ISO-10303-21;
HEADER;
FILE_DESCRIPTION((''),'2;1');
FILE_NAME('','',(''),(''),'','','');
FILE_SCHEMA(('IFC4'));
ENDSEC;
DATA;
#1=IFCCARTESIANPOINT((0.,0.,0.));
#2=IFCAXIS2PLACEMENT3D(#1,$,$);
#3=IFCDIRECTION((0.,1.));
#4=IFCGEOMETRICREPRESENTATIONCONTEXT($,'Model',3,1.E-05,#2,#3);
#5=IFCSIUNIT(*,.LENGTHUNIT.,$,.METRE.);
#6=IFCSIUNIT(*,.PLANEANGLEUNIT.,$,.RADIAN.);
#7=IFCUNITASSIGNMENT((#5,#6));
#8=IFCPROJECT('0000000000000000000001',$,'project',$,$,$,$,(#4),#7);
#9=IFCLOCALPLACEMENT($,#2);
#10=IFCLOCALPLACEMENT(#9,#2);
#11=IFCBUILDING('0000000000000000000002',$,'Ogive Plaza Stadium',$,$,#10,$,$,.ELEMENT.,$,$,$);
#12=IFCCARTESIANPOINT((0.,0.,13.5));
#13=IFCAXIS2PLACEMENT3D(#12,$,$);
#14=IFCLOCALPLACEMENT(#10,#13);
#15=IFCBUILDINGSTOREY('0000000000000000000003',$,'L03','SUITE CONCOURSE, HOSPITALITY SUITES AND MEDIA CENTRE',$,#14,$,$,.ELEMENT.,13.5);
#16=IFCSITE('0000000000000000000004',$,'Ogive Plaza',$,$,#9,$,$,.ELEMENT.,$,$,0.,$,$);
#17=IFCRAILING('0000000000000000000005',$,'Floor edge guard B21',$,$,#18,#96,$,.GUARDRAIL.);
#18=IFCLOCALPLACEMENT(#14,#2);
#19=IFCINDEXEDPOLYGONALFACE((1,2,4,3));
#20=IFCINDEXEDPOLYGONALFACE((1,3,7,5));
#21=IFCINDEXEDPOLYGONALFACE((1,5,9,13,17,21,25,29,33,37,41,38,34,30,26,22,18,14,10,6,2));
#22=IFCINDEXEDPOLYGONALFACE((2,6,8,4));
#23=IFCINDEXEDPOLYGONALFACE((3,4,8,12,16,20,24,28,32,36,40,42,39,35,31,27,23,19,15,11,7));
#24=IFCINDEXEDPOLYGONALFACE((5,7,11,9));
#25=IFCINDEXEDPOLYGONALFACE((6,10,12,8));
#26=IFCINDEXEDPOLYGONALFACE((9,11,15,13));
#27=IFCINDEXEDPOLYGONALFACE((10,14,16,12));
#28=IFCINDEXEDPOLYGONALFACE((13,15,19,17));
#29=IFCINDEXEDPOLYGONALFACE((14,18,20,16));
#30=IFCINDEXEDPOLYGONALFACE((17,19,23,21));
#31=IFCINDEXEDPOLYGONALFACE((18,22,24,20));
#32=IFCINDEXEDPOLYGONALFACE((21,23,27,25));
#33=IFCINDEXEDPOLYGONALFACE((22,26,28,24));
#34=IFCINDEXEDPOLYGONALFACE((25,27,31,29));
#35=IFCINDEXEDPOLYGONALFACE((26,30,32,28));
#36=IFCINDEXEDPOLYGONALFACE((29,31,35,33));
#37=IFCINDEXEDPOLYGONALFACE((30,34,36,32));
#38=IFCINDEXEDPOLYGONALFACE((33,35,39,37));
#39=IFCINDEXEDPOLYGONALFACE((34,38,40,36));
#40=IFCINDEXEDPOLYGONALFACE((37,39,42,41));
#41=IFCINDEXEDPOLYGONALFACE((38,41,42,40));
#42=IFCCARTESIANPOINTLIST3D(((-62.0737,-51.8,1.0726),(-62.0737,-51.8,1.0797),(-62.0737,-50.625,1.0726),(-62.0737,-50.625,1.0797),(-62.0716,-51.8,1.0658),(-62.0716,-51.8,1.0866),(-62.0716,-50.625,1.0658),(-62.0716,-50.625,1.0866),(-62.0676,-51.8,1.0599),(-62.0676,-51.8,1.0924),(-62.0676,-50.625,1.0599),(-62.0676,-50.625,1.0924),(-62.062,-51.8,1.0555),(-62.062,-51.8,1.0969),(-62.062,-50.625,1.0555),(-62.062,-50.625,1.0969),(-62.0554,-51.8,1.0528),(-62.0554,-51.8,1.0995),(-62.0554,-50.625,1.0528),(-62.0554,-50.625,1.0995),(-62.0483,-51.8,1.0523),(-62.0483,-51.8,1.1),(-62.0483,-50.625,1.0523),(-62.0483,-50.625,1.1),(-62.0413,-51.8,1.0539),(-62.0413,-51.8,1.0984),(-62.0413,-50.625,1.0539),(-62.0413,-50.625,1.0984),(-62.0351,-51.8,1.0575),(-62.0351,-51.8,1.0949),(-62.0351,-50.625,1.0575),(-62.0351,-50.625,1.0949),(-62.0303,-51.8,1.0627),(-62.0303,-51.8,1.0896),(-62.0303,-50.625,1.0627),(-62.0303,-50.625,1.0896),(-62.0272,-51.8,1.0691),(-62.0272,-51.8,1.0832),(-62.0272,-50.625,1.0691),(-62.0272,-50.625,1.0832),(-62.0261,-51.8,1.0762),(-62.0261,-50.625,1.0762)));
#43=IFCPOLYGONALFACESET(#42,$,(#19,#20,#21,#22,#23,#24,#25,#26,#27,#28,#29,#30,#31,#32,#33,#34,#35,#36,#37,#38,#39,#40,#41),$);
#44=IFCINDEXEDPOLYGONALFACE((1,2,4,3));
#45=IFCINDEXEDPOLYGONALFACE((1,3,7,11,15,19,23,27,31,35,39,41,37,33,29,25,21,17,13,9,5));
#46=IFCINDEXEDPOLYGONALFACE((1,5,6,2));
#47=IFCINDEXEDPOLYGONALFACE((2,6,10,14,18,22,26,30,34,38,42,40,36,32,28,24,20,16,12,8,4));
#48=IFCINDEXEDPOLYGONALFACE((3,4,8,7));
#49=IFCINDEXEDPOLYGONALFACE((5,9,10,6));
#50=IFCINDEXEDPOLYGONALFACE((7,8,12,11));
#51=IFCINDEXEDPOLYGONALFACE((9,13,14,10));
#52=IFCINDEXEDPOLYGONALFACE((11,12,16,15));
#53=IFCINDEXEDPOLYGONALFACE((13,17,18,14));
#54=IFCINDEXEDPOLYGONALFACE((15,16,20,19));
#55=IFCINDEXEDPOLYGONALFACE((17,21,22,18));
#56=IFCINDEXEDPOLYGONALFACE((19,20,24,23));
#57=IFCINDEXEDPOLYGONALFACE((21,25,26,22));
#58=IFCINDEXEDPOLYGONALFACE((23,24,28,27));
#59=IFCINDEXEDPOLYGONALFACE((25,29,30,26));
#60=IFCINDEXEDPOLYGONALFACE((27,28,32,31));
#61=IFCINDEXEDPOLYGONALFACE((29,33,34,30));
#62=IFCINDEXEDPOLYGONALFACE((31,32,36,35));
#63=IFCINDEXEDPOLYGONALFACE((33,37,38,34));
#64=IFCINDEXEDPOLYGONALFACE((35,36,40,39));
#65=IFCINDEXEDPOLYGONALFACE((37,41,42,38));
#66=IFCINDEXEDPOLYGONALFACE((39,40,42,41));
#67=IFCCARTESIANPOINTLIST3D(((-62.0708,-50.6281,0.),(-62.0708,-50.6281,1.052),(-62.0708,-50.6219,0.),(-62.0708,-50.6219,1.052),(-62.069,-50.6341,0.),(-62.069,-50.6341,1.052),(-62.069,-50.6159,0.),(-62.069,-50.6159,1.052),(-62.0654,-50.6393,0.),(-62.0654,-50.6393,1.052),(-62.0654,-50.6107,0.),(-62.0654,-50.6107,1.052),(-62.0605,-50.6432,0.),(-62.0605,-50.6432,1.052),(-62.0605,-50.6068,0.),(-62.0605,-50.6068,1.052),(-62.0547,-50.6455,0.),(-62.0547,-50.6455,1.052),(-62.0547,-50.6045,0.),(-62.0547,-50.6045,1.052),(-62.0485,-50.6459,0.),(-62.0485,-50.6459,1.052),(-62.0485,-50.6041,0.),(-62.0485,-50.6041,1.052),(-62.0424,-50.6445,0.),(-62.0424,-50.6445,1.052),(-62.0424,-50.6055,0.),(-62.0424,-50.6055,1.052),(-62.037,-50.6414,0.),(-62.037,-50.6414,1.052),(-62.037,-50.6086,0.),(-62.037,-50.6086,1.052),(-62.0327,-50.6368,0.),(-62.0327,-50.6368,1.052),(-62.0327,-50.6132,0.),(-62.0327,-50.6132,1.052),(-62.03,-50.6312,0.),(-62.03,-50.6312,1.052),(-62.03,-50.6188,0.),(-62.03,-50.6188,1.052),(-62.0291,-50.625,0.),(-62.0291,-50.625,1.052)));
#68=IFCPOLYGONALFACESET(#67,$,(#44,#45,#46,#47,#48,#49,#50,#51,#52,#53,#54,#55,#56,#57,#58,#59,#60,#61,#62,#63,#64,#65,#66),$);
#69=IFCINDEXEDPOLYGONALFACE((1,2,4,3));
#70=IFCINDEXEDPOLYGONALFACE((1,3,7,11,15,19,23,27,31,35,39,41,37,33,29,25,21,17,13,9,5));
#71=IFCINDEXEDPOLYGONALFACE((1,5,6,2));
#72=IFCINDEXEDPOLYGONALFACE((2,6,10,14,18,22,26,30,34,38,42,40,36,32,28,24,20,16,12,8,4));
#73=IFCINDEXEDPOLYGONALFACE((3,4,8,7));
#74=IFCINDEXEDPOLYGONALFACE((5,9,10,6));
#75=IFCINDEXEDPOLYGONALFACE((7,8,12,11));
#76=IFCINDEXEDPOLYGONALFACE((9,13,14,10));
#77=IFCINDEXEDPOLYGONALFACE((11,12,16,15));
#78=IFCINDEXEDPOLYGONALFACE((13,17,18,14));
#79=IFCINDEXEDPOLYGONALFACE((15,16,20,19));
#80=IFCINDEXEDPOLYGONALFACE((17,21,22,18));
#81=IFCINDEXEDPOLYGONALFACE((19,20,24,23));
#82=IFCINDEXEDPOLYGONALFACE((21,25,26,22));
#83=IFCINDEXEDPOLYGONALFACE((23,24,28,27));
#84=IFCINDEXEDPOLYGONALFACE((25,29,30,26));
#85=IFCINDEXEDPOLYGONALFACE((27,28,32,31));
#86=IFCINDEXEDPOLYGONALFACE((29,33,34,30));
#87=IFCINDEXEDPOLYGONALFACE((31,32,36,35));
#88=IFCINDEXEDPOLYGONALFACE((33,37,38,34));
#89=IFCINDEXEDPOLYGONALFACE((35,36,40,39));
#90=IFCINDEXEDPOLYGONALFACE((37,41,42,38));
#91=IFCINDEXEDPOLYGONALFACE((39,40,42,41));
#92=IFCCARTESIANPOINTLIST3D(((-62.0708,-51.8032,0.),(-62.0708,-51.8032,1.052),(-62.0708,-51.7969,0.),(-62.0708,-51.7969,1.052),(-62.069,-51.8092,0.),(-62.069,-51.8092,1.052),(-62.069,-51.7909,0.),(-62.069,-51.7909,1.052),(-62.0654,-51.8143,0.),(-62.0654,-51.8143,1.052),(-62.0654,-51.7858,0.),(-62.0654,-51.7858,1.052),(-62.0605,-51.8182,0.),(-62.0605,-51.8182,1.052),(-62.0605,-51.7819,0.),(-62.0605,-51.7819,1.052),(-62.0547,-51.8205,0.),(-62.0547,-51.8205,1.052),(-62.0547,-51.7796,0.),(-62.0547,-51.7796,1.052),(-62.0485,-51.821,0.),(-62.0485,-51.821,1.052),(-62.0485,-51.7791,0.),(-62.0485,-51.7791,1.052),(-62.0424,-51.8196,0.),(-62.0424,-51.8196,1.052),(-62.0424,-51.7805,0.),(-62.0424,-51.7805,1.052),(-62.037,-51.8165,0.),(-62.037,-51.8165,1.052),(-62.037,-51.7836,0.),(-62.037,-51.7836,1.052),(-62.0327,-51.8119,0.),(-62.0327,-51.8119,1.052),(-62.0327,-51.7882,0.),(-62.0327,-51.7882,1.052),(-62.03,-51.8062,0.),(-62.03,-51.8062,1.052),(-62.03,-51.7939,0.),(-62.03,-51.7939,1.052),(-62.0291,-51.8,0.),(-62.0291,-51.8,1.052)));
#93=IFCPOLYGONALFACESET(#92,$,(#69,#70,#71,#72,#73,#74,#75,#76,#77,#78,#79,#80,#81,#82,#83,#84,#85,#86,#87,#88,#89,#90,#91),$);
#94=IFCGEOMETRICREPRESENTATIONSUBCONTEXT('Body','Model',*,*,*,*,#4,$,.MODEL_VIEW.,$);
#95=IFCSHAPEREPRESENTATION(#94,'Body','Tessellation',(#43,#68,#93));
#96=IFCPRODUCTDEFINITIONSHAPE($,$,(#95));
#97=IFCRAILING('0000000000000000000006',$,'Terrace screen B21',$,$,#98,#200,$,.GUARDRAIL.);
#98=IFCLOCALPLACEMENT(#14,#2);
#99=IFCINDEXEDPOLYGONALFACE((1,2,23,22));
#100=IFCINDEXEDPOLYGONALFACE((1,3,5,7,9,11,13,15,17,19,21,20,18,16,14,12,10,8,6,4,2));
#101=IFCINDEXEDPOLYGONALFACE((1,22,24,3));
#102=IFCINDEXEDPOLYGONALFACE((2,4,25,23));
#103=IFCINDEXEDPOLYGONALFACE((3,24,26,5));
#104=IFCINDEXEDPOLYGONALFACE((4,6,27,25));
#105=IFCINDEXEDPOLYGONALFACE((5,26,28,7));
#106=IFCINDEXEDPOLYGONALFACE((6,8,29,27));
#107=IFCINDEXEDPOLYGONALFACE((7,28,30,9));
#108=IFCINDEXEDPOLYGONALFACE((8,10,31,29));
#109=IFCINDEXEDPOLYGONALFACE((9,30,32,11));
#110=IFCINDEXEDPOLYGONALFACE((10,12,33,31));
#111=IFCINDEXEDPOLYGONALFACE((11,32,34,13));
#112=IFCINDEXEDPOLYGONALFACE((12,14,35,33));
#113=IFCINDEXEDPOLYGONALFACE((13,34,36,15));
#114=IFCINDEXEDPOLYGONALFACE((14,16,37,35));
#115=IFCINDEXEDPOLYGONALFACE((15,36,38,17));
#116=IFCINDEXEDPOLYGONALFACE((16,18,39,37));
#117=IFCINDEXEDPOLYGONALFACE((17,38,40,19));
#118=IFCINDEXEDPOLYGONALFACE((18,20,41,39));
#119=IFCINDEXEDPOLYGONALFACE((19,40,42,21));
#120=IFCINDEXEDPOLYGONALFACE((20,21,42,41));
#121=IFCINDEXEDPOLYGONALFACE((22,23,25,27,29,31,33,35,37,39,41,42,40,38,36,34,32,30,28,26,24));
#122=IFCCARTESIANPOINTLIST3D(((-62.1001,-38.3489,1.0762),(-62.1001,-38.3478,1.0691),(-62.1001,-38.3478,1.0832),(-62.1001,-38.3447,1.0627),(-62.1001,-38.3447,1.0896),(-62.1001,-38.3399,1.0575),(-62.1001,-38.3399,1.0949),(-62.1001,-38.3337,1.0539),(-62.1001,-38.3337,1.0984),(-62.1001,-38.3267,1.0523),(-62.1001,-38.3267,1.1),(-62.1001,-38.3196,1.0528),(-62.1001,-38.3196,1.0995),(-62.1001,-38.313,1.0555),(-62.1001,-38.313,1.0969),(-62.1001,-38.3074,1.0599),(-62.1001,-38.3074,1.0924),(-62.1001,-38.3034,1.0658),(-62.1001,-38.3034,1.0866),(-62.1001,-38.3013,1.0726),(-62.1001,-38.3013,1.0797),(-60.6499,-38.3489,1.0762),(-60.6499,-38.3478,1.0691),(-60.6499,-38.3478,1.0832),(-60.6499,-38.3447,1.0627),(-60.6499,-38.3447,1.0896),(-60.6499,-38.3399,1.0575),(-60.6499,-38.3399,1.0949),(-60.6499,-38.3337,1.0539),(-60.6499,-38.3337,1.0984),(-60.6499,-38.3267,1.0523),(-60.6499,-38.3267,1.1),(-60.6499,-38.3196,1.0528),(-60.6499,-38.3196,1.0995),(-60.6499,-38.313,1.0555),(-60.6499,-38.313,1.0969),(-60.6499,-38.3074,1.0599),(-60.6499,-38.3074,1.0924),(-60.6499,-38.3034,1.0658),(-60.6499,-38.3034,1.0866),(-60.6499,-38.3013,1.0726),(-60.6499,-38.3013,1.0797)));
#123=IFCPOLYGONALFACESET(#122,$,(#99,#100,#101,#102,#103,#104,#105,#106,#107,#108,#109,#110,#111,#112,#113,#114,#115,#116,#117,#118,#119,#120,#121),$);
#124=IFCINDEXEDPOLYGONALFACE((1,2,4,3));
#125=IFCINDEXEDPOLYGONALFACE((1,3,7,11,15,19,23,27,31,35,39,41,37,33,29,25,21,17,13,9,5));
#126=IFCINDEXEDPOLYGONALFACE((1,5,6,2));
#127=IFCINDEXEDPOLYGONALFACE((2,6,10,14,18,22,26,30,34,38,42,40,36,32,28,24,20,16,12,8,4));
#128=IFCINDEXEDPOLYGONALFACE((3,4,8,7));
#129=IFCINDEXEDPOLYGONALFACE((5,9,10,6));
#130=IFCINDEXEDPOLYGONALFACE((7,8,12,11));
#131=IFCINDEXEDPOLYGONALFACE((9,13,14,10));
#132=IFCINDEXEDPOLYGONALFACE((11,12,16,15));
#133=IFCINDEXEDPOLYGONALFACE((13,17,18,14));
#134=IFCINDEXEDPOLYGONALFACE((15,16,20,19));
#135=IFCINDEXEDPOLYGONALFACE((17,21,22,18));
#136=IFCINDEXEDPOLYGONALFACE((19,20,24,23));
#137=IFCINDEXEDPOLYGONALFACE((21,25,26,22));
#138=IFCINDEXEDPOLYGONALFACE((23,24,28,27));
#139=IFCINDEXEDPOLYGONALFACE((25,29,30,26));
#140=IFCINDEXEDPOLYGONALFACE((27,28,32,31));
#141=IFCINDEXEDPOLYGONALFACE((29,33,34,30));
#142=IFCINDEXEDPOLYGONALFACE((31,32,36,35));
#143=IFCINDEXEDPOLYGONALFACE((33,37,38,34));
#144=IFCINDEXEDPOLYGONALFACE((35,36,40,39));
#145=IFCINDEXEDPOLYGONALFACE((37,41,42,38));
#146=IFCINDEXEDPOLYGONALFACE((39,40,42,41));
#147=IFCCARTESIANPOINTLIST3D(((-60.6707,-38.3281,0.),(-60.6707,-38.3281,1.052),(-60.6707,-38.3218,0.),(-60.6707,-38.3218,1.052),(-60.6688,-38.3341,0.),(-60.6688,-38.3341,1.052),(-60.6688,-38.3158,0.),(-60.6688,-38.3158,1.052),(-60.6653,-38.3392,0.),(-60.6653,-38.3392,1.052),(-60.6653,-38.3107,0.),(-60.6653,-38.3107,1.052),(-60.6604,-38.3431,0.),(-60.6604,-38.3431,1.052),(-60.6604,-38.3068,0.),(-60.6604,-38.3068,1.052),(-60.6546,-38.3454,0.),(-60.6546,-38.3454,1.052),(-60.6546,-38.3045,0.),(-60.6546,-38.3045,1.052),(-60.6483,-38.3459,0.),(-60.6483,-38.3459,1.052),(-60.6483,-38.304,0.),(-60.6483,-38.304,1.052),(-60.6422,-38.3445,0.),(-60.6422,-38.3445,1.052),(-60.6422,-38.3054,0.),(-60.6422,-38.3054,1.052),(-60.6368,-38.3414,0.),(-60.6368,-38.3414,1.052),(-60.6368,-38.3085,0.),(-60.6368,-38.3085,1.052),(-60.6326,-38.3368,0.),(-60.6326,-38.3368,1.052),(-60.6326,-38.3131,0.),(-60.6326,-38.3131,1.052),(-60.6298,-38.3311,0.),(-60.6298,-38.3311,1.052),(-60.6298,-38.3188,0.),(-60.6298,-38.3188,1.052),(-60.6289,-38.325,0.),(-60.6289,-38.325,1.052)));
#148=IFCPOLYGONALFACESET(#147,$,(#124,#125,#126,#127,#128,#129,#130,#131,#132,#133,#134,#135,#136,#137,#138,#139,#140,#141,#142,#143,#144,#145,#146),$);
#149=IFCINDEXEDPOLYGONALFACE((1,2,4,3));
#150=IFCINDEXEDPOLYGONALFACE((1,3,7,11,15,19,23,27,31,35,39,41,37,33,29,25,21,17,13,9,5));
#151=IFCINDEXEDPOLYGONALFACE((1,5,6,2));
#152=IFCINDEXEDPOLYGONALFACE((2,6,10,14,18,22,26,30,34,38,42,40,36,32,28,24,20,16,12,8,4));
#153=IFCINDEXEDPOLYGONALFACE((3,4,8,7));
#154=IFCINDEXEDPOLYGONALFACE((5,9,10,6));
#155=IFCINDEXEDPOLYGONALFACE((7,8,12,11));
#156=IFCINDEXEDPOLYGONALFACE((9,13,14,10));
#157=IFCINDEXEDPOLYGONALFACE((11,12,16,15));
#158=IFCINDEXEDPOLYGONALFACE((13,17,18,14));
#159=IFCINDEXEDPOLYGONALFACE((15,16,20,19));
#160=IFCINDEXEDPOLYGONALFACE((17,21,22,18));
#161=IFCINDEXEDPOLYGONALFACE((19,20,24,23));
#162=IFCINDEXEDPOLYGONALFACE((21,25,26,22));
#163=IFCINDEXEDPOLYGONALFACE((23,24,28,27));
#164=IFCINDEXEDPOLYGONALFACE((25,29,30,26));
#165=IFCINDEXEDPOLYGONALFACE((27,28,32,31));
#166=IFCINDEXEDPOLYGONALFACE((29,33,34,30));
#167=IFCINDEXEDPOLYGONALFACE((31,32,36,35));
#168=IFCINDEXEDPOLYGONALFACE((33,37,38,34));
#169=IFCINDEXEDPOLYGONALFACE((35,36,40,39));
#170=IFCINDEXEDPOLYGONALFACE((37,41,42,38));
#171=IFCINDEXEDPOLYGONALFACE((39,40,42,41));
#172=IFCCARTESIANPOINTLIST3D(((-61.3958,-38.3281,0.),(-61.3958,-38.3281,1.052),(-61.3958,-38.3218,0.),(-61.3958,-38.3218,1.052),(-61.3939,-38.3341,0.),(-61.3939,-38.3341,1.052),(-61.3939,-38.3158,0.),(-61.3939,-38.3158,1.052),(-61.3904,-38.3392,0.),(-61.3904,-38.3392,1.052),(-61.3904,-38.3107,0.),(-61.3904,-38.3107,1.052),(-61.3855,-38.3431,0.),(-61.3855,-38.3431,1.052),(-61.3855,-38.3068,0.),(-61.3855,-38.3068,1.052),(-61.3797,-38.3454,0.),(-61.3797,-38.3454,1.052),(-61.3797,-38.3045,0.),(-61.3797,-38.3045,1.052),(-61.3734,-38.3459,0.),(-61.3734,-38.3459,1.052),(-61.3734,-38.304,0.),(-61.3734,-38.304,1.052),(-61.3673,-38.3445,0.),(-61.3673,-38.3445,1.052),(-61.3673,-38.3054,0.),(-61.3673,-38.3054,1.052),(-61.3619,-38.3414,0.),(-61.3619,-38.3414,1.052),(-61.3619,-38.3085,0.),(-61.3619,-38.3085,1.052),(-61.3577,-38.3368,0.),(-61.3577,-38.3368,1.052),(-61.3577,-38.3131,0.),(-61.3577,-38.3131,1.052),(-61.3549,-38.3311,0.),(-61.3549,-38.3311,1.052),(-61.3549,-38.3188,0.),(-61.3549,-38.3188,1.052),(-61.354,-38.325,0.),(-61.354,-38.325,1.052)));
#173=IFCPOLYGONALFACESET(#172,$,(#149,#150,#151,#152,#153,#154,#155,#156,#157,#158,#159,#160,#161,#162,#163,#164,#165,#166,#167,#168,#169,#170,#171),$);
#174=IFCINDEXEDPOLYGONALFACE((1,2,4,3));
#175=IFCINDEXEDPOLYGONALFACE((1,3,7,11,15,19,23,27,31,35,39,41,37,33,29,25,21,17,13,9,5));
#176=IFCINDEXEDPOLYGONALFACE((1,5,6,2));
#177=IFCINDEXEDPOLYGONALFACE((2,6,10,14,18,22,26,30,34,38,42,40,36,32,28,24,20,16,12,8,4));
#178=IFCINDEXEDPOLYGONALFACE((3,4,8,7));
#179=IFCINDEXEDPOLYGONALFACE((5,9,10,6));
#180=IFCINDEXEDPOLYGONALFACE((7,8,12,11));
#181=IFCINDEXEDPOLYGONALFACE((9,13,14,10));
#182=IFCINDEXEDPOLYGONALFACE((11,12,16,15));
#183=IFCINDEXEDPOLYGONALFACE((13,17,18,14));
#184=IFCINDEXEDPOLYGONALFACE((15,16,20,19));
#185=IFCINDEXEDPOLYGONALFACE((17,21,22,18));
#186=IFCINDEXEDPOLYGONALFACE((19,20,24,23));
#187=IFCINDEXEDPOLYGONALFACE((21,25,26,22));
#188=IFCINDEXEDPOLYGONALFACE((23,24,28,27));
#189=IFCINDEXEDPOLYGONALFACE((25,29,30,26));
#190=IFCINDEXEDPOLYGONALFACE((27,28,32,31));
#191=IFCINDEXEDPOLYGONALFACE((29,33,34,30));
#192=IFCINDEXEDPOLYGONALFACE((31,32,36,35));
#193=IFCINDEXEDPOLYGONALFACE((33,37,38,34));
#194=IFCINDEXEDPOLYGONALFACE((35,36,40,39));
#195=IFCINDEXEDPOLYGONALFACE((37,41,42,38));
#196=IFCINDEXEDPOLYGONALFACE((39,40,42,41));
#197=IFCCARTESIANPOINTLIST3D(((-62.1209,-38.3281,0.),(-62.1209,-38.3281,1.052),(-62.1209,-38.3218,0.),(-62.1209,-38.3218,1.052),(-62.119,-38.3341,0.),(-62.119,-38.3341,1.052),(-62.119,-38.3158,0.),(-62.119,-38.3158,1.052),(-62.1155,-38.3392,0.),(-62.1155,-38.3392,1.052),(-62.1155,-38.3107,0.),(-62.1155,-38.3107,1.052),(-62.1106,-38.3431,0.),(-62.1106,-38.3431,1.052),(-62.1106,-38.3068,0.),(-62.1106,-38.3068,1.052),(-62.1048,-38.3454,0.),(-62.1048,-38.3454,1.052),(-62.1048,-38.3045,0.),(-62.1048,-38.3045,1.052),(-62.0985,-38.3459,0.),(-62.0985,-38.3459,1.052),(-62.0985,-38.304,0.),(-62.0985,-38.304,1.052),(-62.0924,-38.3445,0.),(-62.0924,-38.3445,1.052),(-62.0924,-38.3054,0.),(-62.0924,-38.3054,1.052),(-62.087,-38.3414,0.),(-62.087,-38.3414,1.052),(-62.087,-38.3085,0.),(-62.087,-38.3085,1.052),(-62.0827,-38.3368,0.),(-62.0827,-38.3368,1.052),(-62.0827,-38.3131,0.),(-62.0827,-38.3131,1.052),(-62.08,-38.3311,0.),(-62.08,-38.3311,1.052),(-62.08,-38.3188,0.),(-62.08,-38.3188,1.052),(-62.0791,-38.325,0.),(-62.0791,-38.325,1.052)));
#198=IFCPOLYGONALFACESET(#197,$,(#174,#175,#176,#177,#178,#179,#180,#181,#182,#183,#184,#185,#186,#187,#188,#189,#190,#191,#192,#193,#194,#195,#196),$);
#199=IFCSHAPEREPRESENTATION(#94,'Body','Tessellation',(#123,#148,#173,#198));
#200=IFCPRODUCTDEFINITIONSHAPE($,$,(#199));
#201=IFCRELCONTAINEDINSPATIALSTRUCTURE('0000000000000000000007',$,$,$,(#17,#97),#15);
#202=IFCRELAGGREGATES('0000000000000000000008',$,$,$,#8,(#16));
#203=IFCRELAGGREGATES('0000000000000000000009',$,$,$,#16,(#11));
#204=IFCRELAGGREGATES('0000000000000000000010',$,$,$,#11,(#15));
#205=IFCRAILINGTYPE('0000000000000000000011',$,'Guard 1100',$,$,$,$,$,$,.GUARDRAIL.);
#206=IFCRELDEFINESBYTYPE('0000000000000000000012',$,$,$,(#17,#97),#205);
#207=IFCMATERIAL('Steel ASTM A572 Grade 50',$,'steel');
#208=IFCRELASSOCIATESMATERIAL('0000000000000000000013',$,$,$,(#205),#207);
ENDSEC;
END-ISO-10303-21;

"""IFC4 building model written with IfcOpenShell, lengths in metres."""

from ifc_helpers import new_model, si_unit, direction, frame, origin, origin_2d, place, context, subcontext, project, spatial, circle, extrude, material, type_object, element, save


model = new_model("IFC4")

# Units and contexts
model_context = context("Model", 3, precision=1e-05, world=origin(), true_north=direction((0.0, 1.0)))
body_context = subcontext(model_context, "Body", "Model", "MODEL_VIEW")
ifc_project = project(units=[si_unit("LENGTHUNIT", "METRE"), si_unit("PLANEANGLEUNIT", "RADIAN")], contexts=[model_context])

# Site, building, storey
site_placement = place(None, origin())
site = spatial("IfcSite", under=ifc_project, at=site_placement, Name="Ogive Plaza", CompositionType="ELEMENT", RefElevation=0.0)
building_placement = place(site_placement, origin())
building = spatial("IfcBuilding", under=site, at=building_placement, Name="Ogive Plaza Stadium", CompositionType="ELEMENT")
storey_placement = place(building_placement, frame((0.0, 0.0, 13.5)))
storey = spatial("IfcBuildingStorey", under=building, at=storey_placement, Name="L03", Description="SUITE CONCOURSE, HOSPITALITY SUITES AND MEDIA CENTRE", CompositionType="ELEMENT", Elevation=13.5)

# Railings
ifc_material_1 = material(Name="Steel ASTM A572 Grade 50", Category="steel")
railing_type = type_object("IfcRailingType", Name="Guard 1100", PredefinedType="GUARDRAIL", material=ifc_material_1)
railing_1_placement = place(storey_placement, frame((-62.05, -50.625, 0.0)))
element("IfcRailing", 1, at=railing_1_placement, inside=storey, type_object=railing_type, Name="Floor edge guard B21", PredefinedType="GUARDRAIL", context=body_context, shape_type="SweptSolid", body=[
    extrude(circle(Radius=0.0239, at=origin_2d()), frame((0.0, 0.0, 1.0762), z_axis=(0.0, -1.0, 0.0), x_axis=(1.0, 0.0, 0.0)), (0.0, 0.0, 1.0), 1.175),
    extrude(circle(Radius=0.021, at=origin_2d()), origin(), (0.0, 0.0, 1.0), 1.052),
    extrude(circle(Radius=0.021, at=origin_2d()), frame((0.0, -1.175, 0.0)), (0.0, 0.0, 1.0), 1.052),
])
for number, where, name in (
    (2, (-60.6499, -38.325, 0.0), "Terrace screen B21"),
):
    element("IfcRailing", number, at=place(storey_placement, frame(where)), inside=storey, type_object=railing_type, Name=name, PredefinedType="GUARDRAIL", context=body_context, shape_type="SweptSolid", body=[
        extrude(circle(Radius=0.0239, at=origin_2d()), frame((0.0, 0.0, 1.0762), z_axis=(-1.0, 0.0, 0.0), x_axis=(0.0, -1.0, 0.0)), (0.0, 0.0, 1.0), 1.4502),
        extrude(circle(Radius=0.021, at=origin_2d()), origin(), (0.0, 0.0, 1.0), 1.052),
        extrude(circle(Radius=0.021, at=origin_2d()), frame((-0.7251, 0.0, 0.0)), (0.0, 0.0, 1.0), 1.052),
        extrude(circle(Radius=0.021, at=origin_2d()), frame((-1.4502, 0.0, 0.0)), (0.0, 0.0, 1.0), 1.052),
    ])

save(model, "model.ifc")
